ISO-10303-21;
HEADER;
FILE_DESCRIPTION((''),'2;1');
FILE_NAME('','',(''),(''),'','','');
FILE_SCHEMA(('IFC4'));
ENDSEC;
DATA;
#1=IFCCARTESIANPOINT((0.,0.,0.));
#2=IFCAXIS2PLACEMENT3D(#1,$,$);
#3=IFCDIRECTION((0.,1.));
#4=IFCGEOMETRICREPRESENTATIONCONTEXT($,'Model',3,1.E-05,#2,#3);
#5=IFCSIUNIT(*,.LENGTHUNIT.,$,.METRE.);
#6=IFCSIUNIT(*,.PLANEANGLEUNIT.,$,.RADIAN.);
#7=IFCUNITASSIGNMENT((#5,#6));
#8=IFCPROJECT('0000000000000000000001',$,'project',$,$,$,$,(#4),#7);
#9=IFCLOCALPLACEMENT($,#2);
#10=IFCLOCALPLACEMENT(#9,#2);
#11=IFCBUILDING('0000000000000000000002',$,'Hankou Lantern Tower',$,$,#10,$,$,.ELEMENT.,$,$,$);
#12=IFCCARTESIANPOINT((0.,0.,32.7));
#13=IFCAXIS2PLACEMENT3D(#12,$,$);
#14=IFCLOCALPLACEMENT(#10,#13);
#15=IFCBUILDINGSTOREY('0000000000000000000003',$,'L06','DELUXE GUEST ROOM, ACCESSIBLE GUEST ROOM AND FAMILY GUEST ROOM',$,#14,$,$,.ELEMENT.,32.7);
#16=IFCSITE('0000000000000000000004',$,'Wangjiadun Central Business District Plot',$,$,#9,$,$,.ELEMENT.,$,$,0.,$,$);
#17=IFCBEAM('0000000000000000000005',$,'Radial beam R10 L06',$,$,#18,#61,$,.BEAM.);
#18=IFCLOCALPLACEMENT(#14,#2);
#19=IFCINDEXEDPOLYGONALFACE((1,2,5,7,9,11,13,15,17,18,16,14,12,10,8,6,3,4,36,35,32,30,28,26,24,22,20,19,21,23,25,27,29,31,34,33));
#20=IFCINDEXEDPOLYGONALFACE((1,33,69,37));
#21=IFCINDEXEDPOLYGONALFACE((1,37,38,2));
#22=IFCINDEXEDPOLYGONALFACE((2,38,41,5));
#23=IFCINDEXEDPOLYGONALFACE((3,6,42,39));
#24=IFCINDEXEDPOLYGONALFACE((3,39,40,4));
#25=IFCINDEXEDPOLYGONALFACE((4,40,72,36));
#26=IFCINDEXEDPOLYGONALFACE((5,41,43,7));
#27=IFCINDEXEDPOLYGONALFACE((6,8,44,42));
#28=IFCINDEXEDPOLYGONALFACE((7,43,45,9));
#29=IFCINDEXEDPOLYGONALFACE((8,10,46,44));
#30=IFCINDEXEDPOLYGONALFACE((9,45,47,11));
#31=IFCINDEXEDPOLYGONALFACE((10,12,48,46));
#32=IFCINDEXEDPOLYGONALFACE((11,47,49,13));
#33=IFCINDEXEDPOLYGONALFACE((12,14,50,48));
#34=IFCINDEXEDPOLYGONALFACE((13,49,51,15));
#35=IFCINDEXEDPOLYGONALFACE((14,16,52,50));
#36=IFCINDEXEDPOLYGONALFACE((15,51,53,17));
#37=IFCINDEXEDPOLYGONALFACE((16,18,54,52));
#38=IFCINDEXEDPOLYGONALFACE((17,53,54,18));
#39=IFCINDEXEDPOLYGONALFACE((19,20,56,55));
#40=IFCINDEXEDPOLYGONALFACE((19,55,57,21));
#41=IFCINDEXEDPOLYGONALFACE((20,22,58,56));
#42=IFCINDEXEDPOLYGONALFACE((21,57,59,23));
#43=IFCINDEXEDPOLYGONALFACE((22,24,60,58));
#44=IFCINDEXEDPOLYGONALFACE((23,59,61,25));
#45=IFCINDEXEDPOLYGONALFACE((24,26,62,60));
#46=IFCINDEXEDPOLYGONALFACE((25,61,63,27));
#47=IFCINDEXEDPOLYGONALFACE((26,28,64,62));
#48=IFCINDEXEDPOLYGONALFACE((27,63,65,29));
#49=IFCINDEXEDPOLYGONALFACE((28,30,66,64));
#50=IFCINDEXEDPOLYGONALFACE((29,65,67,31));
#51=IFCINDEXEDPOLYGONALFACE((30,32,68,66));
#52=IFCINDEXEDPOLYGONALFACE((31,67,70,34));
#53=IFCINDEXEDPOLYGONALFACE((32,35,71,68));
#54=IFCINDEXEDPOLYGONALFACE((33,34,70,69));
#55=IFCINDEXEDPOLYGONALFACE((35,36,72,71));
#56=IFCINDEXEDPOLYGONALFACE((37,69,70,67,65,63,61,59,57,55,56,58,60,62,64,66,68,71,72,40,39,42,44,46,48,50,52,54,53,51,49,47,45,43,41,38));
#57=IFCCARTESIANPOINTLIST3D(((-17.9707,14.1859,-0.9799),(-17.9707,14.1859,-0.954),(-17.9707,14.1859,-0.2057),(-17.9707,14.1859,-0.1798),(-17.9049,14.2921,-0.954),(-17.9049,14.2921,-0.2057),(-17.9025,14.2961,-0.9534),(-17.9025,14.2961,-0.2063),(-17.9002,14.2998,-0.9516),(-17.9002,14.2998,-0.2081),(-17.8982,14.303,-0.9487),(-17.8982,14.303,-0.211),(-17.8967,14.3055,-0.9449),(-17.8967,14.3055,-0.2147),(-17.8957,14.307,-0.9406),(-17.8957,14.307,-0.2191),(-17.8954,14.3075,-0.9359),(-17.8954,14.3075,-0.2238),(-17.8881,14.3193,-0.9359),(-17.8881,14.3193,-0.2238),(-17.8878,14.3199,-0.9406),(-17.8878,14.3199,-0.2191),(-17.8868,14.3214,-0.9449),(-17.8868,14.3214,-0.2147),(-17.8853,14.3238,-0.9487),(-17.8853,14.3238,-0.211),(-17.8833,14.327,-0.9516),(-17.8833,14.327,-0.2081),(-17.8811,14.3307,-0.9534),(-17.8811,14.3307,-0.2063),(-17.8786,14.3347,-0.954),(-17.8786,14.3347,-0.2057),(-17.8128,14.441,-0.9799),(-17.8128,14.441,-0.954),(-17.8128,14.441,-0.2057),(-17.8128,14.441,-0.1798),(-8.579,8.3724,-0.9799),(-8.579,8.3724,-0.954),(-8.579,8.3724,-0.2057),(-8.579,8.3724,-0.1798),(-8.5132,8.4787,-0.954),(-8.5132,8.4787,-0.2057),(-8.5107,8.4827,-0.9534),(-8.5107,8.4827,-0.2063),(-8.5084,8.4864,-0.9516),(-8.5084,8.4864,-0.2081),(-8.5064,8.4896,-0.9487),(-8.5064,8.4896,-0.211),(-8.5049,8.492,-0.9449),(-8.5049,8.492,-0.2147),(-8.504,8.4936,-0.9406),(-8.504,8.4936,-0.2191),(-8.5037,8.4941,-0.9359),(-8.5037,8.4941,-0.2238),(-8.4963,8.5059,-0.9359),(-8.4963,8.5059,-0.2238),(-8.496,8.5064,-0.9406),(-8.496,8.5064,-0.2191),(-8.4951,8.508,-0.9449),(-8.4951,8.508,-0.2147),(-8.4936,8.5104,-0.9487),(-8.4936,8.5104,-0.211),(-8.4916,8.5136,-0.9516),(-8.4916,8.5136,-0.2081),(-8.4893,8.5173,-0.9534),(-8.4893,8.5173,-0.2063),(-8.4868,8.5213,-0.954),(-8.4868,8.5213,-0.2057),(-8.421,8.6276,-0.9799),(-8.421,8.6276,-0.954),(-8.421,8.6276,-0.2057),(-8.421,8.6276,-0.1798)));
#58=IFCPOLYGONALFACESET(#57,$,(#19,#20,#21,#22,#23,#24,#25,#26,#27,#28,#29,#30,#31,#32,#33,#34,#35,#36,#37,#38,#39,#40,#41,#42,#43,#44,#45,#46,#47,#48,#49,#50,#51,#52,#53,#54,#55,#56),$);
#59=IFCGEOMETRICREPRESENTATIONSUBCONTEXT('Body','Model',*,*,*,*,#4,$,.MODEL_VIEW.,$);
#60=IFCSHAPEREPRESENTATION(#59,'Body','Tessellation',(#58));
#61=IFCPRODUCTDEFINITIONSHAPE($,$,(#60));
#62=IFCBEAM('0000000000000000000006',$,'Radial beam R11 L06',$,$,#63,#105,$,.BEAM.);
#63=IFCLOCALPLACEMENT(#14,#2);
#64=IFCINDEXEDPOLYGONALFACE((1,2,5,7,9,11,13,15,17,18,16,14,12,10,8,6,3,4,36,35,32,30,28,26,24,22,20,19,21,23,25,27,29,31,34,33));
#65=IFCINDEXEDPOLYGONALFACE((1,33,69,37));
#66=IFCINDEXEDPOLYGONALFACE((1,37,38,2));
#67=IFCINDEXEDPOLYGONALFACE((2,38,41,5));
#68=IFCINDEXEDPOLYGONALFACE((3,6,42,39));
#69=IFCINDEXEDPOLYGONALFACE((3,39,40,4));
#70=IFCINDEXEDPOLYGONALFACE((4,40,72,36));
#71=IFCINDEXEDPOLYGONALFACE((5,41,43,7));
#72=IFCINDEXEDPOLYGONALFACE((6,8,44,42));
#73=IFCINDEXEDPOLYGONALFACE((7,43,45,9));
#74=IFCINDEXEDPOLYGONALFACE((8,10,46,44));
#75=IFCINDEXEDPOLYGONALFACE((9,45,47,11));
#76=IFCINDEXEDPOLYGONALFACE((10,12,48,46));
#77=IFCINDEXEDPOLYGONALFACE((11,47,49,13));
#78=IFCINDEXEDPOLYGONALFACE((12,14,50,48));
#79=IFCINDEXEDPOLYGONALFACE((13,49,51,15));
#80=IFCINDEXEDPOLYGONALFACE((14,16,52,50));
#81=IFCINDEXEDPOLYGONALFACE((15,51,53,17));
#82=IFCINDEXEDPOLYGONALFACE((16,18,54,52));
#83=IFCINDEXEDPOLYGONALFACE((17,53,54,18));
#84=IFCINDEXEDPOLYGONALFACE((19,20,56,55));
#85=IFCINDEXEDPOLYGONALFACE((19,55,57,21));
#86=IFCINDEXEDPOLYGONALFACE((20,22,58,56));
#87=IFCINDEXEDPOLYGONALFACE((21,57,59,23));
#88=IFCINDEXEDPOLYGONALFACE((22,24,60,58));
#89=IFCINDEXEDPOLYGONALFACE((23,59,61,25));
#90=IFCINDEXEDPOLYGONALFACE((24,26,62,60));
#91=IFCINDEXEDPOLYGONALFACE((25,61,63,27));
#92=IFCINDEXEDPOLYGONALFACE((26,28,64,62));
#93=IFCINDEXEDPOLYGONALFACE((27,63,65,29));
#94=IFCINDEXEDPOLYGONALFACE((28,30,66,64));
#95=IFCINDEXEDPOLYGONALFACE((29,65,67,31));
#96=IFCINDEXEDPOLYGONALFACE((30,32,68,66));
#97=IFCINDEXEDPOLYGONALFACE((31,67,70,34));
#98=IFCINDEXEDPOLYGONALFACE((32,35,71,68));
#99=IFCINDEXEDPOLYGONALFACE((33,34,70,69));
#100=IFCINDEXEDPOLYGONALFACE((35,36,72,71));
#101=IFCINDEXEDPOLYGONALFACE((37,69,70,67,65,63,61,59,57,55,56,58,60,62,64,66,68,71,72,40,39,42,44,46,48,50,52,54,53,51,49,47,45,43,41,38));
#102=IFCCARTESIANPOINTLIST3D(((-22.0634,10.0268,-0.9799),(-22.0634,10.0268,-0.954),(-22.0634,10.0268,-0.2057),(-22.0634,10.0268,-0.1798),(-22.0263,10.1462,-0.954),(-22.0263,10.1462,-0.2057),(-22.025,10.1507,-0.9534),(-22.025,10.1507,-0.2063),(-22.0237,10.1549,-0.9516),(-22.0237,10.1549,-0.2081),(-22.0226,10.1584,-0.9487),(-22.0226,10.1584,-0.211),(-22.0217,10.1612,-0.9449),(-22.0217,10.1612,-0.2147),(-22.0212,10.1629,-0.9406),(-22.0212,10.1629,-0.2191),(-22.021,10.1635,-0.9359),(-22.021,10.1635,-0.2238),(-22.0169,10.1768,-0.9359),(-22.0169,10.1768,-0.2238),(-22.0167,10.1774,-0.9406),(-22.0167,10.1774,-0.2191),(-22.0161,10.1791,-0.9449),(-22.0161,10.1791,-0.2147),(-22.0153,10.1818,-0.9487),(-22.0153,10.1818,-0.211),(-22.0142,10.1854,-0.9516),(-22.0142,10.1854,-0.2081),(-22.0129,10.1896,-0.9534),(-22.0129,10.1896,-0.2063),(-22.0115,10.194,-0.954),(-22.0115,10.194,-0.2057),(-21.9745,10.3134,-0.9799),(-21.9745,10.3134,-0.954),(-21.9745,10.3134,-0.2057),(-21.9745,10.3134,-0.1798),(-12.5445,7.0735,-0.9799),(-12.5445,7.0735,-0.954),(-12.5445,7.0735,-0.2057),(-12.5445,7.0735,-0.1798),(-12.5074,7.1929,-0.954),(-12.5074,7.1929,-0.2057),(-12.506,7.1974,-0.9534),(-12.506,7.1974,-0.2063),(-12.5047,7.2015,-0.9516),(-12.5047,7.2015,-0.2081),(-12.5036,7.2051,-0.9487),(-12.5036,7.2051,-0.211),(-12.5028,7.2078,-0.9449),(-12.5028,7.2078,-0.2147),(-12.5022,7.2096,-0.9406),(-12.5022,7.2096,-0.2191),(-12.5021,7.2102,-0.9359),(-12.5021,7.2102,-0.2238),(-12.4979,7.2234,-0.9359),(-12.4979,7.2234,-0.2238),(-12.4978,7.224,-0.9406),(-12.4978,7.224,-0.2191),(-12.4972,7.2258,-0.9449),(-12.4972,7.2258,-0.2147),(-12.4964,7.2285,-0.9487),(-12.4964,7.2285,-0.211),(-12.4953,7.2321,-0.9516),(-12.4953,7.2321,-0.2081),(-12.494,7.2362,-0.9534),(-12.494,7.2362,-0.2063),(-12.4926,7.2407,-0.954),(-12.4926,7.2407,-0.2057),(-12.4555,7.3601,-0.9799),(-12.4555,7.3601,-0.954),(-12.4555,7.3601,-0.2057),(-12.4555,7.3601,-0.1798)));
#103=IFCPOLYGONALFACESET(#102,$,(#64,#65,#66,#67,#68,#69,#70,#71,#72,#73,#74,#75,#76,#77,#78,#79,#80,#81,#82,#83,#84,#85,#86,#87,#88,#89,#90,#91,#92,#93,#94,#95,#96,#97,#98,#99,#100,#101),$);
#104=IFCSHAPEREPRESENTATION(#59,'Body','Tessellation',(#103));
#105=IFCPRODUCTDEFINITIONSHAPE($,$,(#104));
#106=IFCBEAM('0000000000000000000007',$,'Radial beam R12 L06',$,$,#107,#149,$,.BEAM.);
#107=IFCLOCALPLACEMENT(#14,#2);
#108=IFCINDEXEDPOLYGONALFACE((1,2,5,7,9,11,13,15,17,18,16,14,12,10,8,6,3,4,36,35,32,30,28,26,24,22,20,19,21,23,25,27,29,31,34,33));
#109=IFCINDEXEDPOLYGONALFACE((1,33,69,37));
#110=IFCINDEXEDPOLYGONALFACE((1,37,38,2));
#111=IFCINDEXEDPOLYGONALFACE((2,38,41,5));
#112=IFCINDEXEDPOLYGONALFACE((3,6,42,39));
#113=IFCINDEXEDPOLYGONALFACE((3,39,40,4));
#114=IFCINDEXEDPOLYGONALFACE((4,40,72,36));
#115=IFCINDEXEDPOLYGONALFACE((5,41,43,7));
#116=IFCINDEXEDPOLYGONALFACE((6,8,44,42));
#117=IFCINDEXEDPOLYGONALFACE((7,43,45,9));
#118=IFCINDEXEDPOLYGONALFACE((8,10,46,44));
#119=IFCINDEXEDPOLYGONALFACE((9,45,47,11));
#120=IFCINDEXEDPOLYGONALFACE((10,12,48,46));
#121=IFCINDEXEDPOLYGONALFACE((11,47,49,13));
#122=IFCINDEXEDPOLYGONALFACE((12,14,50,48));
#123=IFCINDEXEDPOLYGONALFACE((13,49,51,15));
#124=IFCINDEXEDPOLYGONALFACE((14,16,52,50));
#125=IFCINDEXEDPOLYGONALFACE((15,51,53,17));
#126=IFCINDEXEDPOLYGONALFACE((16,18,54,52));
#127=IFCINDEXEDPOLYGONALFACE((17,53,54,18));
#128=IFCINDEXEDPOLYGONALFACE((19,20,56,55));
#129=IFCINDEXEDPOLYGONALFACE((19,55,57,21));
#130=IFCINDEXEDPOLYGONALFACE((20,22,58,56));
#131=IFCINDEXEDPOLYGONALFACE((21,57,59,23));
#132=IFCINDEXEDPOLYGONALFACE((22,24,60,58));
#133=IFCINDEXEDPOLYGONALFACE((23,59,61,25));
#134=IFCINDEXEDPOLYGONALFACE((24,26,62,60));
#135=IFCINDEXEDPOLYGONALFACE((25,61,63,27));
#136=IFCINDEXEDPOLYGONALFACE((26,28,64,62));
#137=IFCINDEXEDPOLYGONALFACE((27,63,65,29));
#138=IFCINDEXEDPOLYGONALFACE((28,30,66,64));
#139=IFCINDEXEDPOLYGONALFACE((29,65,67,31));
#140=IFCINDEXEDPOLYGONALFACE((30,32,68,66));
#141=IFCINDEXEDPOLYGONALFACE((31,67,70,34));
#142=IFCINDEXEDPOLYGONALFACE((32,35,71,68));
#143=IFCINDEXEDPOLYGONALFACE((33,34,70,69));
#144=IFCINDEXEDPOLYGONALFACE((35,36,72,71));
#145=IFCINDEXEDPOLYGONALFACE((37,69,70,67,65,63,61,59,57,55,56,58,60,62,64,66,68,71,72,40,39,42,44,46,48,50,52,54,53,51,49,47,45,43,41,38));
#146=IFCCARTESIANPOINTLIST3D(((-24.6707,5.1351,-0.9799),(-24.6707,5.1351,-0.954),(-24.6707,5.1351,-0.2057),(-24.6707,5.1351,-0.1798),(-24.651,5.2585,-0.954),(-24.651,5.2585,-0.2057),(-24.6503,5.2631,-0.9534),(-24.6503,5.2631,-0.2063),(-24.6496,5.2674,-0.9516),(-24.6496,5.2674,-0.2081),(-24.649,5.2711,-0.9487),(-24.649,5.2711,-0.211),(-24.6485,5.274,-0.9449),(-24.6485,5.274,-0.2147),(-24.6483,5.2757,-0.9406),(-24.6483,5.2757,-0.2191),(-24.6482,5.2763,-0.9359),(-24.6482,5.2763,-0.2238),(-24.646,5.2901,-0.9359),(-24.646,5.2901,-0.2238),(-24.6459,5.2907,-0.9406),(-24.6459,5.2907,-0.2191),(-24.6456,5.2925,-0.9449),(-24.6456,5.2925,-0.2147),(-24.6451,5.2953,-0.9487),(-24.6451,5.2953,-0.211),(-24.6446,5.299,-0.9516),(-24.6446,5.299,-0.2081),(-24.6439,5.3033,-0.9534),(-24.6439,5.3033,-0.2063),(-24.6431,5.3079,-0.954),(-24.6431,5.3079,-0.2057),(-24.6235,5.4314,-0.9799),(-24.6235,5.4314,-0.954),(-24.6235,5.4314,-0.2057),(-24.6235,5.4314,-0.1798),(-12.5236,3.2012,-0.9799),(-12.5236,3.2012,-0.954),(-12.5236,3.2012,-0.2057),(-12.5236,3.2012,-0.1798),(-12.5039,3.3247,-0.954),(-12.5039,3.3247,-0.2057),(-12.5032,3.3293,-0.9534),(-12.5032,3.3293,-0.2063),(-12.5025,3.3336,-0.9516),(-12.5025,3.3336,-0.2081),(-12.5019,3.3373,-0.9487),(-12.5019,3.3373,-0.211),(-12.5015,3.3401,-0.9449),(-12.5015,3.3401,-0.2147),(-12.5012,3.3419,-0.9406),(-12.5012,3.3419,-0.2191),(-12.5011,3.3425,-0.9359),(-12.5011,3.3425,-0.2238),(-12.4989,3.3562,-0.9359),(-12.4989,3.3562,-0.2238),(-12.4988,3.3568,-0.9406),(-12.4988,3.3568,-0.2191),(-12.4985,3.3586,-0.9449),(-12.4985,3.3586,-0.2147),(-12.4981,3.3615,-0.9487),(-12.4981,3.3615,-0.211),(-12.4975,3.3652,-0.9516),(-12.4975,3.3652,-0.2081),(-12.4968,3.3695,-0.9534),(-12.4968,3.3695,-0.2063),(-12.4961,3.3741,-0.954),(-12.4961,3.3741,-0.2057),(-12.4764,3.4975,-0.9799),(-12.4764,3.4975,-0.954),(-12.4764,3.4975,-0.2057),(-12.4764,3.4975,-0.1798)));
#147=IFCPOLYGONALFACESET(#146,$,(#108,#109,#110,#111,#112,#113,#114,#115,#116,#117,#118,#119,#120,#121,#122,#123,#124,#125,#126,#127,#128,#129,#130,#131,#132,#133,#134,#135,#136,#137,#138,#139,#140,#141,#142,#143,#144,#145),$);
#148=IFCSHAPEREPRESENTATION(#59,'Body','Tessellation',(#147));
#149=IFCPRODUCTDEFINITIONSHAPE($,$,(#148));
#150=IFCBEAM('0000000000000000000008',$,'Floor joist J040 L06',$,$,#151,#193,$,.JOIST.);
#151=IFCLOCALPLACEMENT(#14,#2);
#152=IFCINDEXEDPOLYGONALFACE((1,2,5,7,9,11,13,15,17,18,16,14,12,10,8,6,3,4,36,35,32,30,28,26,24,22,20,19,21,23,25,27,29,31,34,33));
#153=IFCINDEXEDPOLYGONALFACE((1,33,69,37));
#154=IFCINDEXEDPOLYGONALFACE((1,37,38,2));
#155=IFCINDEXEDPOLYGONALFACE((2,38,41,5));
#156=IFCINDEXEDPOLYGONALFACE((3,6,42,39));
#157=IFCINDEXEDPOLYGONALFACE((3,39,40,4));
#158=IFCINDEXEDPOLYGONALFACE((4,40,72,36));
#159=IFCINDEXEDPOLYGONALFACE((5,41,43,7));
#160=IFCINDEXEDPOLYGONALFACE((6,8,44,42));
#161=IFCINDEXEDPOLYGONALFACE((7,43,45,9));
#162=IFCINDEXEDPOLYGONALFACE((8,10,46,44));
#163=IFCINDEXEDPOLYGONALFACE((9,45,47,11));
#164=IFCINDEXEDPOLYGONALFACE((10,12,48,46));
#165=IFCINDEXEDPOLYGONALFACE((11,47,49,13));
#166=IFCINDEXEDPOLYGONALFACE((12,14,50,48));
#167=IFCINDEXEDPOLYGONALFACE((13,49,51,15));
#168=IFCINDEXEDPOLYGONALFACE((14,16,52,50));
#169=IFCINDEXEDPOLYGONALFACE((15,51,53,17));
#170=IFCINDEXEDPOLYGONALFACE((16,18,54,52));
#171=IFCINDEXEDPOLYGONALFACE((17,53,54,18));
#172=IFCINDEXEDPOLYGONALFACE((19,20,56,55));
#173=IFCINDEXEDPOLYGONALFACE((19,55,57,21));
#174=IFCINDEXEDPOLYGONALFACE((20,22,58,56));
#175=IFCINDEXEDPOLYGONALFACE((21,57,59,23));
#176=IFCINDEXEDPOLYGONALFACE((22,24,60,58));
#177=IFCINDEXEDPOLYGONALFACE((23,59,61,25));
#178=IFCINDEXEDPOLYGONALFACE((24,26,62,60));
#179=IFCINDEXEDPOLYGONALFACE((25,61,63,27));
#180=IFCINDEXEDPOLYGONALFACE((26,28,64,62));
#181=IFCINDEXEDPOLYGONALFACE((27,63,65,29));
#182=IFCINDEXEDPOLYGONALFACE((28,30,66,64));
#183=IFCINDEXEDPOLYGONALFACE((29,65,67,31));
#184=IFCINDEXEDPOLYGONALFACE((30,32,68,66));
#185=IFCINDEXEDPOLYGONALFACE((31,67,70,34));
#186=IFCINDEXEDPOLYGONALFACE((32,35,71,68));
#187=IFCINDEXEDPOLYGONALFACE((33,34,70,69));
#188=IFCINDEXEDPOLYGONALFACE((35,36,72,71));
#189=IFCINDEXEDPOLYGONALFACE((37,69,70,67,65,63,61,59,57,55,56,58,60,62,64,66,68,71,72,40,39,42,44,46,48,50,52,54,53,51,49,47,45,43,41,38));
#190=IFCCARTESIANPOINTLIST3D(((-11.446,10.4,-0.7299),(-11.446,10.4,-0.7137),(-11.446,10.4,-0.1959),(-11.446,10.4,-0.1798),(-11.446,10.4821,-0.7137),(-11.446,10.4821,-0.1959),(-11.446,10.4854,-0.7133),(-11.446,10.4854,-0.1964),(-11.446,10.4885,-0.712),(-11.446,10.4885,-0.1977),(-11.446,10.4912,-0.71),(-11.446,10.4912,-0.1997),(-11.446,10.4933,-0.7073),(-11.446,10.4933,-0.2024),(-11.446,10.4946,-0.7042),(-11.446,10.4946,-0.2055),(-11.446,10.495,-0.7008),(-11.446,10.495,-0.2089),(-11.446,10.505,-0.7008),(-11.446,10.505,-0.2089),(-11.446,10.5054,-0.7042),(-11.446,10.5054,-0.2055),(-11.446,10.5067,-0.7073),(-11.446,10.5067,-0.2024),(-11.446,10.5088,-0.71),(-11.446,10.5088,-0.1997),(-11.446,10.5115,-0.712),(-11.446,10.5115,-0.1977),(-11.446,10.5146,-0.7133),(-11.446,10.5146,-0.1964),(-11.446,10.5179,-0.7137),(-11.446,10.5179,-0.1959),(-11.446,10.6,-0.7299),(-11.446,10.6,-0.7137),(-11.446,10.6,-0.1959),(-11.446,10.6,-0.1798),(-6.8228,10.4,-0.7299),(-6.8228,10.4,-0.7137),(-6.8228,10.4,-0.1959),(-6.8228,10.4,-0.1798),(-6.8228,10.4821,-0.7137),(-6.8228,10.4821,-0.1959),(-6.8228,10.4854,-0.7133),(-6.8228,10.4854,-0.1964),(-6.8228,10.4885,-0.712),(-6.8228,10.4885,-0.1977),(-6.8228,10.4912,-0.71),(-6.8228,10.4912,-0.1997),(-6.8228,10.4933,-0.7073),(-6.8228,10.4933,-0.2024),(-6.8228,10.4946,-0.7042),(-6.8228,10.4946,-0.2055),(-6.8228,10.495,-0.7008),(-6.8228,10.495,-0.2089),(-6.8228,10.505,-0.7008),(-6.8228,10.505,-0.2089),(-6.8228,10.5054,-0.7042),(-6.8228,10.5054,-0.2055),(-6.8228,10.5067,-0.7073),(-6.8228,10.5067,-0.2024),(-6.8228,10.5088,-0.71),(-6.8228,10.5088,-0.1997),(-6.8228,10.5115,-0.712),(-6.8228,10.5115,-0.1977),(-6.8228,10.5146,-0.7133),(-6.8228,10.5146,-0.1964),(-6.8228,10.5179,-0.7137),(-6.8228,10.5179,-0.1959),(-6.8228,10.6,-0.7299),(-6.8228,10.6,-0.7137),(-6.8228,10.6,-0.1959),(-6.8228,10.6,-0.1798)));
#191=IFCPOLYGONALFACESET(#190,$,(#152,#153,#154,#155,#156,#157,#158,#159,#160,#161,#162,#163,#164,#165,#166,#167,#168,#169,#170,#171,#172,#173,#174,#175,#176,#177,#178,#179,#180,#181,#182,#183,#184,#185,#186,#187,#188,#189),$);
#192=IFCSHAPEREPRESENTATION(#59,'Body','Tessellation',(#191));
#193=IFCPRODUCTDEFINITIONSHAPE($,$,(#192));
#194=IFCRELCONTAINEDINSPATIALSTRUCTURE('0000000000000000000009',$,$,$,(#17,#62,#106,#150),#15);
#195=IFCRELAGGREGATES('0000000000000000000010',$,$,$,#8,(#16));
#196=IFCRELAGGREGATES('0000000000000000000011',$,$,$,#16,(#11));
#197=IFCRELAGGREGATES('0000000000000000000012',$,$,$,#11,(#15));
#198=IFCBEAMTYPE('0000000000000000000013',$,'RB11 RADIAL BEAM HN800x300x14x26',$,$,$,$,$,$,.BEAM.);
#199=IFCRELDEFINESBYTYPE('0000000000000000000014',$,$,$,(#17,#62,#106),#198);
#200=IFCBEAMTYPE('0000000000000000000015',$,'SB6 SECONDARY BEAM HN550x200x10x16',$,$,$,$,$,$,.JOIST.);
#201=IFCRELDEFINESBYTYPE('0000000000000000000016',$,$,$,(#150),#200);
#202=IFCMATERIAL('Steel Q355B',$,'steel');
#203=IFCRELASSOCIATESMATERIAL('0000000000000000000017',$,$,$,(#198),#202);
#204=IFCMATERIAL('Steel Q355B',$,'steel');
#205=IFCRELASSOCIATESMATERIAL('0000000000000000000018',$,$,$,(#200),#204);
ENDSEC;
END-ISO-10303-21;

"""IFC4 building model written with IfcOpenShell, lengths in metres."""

from ifc_helpers import new_model, si_unit, direction, frame, origin, origin_2d, place, context, subcontext, project, spatial, i_section, extrude, material, material_profile, profile_set, type_object, element, save


model = new_model("IFC4")

# Units and contexts
model_context = context("Model", 3, precision=1e-05, world=origin(), true_north=direction((0.0, 1.0)))
body_context = subcontext(model_context, "Body", "Model", "MODEL_VIEW")
ifc_project = project(units=[si_unit("LENGTHUNIT", "METRE"), si_unit("PLANEANGLEUNIT", "RADIAN")], contexts=[model_context])

# Site, building, storey
site_placement = place(None, origin())
site = spatial("IfcSite", under=ifc_project, at=site_placement, Name="Wangjiadun Central Business District Plot", CompositionType="ELEMENT", RefElevation=0.0)
building_placement = place(site_placement, origin())
building = spatial("IfcBuilding", under=site, at=building_placement, Name="Hankou Lantern Tower", CompositionType="ELEMENT")
storey_placement = place(building_placement, frame((0.0, 0.0, 32.7)))
storey = spatial("IfcBuildingStorey", under=building, at=storey_placement, Name="L06", Description="DELUXE GUEST ROOM, ACCESSIBLE GUEST ROOM AND FAMILY GUEST ROOM", CompositionType="ELEMENT", Elevation=32.7)

# Beams
ifc_material_1 = material(Name="Steel Q355B", Category="steel")
ifc_material_profile_1 = material_profile(ifc_material_1, i_section(OverallWidth=0.3, OverallDepth=0.8, WebThickness=0.0139, FlangeThickness=0.0259, FilletRadius=0.0181, at=origin_2d()), Name="HN800x300x14x26")
ifc_profile_set_1 = profile_set([ifc_material_profile_1], Name="Steel Q355B")
beam_type_1 = type_object("IfcBeamType", Name="RB11 RADIAL BEAM HN800x300x14x26", PredefinedType="BEAM", material=ifc_profile_set_1)
beam_1_placement = place(storey_placement, frame((-8.5, 8.5, -0.5798), z_axis=(-0.850286, 0.52632, 0.0), x_axis=(-0.52632, -0.850286, 0.0)))
element("IfcBeam", 1, at=beam_1_placement, inside=storey, type_object=beam_type_1, Name="Radial beam R10 L06", PredefinedType="BEAM", context=body_context, shape_type="SweptSolid", body=[
    extrude(i_section(OverallWidth=0.3, OverallDepth=0.8, WebThickness=0.0139, FlangeThickness=0.0259, FilletRadius=0.0181, at=origin_2d()), origin(), (0.0, 0.0, 1.0), 11.0454),
])
beam_2_placement = place(storey_placement, frame((-12.5, 7.2168, -0.5798), z_axis=(-0.955087, 0.296324, 0.0), x_axis=(-0.296324, -0.955087, 0.0)))
element("IfcBeam", 2, at=beam_2_placement, inside=storey, type_object=beam_type_1, Name="Radial beam R11 L06", PredefinedType="BEAM", context=body_context, shape_type="SweptSolid", body=[
    extrude(i_section(OverallWidth=0.3, OverallDepth=0.8, WebThickness=0.0139, FlangeThickness=0.0259, FilletRadius=0.0181, at=origin_2d()), origin(), (0.0, 0.0, 1.0), 9.9666),
])
beam_3_placement = place(storey_placement, frame((-12.5, 3.3494, -0.5798), z_axis=(-0.987563, 0.157223, 0.0), x_axis=(-0.157223, -0.987563, 0.0)))
element("IfcBeam", 3, at=beam_3_placement, inside=storey, type_object=beam_type_1, Name="Radial beam R12 L06", PredefinedType="BEAM", context=body_context, shape_type="SweptSolid", body=[
    extrude(i_section(OverallWidth=0.3, OverallDepth=0.8, WebThickness=0.0139, FlangeThickness=0.0259, FilletRadius=0.0181, at=origin_2d()), origin(), (0.0, 0.0, 1.0), 12.3),
])
ifc_material_2 = material(Name="Steel Q355B", Category="steel")
ifc_material_profile_2 = material_profile(ifc_material_2, i_section(OverallWidth=0.2, OverallDepth=0.55, WebThickness=0.01, FlangeThickness=0.0161, FilletRadius=0.0129, at=origin_2d()), Name="HN550x200x10x16")
ifc_profile_set_2 = profile_set([ifc_material_profile_2], Name="Steel Q355B")
beam_type_2 = type_object("IfcBeamType", Name="SB6 SECONDARY BEAM HN550x200x10x16", PredefinedType="JOIST", material=ifc_profile_set_2)
beam_4_placement = place(storey_placement, frame((-11.446, 10.5, -0.4548), z_axis=(1.0, 0.0, 0.0), x_axis=(0.0, 1.0, 0.0)))
element("IfcBeam", 4, at=beam_4_placement, inside=storey, type_object=beam_type_2, Name="Floor joist J040 L06", PredefinedType="JOIST", context=body_context, shape_type="SweptSolid", body=[
    extrude(i_section(OverallWidth=0.2, OverallDepth=0.55, WebThickness=0.01, FlangeThickness=0.0161, FilletRadius=0.0129, at=origin_2d()), origin(), (0.0, 0.0, 1.0), 4.6233),
])

save(model, "model.ifc")
